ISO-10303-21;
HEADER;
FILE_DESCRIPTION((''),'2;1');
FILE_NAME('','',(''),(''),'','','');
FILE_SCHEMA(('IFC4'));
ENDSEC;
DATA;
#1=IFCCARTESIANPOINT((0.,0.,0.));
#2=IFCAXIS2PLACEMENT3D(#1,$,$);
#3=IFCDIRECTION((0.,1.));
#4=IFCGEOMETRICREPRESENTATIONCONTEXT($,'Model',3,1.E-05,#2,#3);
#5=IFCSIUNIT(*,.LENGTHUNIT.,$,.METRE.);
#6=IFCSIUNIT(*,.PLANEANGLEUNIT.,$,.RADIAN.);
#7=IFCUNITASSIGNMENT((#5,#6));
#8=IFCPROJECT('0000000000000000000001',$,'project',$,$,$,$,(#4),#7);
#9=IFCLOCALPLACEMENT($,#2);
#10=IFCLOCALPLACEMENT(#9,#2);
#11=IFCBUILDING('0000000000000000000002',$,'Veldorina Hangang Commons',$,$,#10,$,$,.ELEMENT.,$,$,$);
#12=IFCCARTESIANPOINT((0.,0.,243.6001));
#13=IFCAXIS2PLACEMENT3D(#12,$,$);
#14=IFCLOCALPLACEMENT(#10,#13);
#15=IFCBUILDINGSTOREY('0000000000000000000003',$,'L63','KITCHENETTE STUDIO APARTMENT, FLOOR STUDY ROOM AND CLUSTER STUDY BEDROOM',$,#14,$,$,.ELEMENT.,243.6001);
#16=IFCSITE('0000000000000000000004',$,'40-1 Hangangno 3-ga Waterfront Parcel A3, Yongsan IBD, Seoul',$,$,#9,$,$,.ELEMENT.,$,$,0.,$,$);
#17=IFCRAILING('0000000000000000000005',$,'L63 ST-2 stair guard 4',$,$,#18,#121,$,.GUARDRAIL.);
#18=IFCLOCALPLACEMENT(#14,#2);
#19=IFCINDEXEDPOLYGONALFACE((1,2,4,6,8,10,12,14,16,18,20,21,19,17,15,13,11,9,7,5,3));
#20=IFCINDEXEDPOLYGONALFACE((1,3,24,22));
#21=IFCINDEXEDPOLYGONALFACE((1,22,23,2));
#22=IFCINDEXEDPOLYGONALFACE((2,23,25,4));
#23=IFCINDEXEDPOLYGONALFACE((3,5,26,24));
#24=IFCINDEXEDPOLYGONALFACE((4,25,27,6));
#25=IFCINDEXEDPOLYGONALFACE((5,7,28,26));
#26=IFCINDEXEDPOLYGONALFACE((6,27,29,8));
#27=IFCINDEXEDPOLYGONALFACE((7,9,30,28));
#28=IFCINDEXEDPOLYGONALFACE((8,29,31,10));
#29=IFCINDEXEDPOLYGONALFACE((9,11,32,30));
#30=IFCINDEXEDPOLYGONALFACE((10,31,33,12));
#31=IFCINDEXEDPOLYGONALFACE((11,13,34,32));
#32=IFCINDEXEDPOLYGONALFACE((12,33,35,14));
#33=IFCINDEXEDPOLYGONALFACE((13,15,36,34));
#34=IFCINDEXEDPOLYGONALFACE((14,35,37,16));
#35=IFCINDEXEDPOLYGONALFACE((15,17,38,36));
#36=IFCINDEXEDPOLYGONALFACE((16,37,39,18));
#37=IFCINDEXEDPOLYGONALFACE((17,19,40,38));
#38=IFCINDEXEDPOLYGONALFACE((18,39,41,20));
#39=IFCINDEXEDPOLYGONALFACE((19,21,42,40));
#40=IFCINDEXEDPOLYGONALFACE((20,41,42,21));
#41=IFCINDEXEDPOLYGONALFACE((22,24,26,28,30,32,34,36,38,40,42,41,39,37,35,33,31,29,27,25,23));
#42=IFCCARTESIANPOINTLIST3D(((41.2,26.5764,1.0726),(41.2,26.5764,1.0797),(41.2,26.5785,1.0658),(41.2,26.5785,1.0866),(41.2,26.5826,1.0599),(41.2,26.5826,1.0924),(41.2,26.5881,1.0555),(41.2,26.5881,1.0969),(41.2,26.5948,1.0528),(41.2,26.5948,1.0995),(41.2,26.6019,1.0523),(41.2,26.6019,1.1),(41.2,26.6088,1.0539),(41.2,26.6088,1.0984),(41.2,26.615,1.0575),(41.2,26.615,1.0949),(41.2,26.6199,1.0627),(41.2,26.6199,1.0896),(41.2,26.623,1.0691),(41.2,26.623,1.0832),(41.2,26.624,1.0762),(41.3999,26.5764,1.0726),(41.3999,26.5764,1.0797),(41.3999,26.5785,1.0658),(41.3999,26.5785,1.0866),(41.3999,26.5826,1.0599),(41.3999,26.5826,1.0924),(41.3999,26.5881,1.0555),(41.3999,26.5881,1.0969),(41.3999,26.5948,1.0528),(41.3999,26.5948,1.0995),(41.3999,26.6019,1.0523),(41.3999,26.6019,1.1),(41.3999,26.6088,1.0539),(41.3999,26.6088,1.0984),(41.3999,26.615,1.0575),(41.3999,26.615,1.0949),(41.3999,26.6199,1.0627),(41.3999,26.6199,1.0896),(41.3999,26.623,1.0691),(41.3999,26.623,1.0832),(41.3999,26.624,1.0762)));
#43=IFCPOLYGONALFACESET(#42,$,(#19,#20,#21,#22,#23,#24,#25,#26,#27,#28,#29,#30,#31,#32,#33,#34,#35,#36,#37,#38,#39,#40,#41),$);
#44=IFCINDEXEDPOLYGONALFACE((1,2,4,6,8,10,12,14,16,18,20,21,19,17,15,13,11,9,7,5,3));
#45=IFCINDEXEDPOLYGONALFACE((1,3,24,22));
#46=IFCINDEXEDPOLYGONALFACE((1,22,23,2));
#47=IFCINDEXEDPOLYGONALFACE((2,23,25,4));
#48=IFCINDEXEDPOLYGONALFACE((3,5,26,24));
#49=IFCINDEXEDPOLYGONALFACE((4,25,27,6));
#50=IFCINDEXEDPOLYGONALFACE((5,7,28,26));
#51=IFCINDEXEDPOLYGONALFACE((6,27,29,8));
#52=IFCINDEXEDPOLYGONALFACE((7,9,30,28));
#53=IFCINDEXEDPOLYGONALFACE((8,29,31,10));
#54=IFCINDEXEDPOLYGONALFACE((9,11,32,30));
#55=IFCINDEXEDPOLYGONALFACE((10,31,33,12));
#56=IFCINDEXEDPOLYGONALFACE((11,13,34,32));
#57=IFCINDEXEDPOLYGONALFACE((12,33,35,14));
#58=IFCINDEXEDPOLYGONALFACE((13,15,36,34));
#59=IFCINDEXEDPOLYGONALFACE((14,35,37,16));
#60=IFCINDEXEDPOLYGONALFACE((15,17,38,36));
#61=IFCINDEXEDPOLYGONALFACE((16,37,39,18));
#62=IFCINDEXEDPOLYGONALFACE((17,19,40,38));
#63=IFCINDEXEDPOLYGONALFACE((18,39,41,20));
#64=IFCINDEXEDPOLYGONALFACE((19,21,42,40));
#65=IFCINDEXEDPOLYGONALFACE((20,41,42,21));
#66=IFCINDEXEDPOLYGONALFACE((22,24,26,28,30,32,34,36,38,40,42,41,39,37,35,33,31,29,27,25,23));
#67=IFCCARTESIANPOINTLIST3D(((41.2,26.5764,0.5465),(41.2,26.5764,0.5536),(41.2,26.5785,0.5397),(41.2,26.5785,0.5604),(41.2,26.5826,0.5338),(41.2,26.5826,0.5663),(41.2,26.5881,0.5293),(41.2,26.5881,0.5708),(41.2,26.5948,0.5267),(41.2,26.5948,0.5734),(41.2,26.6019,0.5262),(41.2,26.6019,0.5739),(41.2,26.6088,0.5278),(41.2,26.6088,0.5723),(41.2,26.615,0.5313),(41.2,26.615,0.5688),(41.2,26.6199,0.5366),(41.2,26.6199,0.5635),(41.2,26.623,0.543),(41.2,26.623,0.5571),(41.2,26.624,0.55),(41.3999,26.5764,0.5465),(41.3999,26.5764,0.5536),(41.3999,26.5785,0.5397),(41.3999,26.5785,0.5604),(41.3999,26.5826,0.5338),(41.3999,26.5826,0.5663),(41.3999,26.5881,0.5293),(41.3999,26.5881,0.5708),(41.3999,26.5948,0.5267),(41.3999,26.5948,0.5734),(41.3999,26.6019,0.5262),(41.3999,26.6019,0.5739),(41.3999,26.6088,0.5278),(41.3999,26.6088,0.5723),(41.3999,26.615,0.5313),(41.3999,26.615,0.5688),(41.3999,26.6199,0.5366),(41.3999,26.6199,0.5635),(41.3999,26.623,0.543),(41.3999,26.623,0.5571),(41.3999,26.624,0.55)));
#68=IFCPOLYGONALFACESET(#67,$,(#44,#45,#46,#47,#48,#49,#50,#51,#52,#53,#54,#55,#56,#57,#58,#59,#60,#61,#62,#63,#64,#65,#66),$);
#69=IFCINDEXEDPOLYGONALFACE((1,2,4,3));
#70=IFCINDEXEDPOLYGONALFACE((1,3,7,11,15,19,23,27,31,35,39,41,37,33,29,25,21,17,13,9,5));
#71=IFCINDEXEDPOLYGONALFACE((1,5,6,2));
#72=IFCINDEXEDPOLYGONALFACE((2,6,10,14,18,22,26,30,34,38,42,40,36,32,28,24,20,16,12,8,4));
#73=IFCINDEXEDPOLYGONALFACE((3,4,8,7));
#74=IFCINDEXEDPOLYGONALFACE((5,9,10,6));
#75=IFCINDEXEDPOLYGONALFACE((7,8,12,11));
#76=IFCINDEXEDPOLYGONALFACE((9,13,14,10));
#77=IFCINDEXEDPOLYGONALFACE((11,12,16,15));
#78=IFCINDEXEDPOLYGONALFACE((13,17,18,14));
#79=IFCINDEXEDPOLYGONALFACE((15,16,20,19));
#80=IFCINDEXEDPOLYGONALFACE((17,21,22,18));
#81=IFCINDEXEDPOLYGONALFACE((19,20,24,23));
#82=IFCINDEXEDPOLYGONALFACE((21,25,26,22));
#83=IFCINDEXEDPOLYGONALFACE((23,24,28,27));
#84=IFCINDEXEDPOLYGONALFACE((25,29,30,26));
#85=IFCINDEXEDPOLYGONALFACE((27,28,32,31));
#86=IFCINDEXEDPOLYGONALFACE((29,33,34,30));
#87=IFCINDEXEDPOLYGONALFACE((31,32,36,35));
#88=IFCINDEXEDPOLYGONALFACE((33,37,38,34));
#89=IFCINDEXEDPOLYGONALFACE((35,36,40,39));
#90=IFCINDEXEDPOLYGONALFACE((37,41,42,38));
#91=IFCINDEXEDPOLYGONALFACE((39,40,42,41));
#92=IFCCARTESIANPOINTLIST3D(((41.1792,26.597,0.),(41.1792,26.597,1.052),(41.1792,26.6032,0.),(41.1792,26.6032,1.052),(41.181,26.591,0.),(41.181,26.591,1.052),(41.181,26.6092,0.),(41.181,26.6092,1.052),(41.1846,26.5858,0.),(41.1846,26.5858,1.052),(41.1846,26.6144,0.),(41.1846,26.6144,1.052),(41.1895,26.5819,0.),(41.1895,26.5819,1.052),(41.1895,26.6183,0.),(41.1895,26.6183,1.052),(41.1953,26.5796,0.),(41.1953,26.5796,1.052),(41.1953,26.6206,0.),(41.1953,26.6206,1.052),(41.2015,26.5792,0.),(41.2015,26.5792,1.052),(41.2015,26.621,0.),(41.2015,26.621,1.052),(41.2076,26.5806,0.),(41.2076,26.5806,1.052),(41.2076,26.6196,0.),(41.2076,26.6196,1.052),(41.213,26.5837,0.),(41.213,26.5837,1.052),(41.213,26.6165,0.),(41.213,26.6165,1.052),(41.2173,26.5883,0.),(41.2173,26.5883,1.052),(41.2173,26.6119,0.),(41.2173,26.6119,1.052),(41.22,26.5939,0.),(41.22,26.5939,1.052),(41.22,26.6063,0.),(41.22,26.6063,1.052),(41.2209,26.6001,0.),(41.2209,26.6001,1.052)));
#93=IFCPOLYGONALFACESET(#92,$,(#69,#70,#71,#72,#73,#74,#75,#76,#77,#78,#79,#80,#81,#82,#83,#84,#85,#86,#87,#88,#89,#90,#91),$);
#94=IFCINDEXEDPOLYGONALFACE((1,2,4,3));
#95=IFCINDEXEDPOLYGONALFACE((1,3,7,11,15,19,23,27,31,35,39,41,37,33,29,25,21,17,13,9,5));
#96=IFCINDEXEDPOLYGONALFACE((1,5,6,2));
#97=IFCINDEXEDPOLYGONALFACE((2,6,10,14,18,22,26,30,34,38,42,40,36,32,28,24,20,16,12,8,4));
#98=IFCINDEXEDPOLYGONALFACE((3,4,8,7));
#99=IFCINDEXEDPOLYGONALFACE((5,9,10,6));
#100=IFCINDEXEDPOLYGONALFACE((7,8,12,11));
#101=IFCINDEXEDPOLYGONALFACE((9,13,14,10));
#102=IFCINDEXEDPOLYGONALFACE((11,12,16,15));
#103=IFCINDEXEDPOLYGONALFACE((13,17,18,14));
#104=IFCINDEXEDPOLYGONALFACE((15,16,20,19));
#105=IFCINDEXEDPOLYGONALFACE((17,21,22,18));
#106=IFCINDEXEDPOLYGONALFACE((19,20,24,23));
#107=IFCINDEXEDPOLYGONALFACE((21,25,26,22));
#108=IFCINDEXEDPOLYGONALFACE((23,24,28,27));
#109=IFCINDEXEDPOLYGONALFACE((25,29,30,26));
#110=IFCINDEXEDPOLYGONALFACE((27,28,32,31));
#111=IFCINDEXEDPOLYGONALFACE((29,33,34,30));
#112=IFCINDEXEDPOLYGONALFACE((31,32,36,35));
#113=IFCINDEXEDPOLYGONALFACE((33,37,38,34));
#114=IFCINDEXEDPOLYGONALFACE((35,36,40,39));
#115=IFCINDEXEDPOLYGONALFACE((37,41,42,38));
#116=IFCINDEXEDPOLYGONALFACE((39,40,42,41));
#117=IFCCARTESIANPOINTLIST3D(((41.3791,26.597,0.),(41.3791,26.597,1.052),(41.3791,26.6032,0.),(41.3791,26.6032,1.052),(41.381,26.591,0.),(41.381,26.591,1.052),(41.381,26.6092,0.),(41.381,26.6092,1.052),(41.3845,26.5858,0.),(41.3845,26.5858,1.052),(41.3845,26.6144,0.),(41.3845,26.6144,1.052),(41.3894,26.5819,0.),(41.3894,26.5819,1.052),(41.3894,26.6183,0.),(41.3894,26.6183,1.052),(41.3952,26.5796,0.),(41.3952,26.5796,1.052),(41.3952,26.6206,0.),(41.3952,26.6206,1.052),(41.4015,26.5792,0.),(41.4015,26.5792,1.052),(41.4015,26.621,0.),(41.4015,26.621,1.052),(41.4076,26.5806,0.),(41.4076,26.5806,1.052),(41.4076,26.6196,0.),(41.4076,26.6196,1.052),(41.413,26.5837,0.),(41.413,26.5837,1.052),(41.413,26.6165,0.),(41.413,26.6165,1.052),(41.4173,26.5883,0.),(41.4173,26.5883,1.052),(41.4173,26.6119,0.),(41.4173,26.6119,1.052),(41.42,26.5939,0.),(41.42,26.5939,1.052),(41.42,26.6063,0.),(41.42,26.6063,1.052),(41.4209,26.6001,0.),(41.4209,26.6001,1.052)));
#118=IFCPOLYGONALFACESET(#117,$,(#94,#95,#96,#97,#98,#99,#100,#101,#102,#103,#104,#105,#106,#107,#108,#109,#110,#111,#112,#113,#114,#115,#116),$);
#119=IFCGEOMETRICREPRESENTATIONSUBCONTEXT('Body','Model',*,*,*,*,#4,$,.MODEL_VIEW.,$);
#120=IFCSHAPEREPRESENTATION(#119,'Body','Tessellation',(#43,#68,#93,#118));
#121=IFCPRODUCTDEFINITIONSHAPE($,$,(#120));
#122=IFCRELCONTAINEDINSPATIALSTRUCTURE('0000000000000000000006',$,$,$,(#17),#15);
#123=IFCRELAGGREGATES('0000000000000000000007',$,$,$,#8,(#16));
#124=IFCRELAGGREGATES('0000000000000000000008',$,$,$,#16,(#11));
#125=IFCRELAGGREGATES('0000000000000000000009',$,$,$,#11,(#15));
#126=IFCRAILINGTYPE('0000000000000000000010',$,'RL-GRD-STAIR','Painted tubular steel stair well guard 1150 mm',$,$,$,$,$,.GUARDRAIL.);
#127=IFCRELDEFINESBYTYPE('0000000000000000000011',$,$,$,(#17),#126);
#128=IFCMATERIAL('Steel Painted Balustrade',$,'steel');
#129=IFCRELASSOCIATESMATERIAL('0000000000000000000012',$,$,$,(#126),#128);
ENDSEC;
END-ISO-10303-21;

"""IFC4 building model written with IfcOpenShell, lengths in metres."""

from ifc_helpers import new_model, si_unit, direction, frame, origin, origin_2d, place, context, subcontext, project, spatial, circle, extrude, material, type_object, element, save


model = new_model("IFC4")

# Units and contexts
model_context = context("Model", 3, precision=1e-05, world=origin(), true_north=direction((0.0, 1.0)))
body_context = subcontext(model_context, "Body", "Model", "MODEL_VIEW")
ifc_project = project(units=[si_unit("LENGTHUNIT", "METRE"), si_unit("PLANEANGLEUNIT", "RADIAN")], contexts=[model_context])

# Site, building, storey
site_placement = place(None, origin())
site = spatial("IfcSite", under=ifc_project, at=site_placement, Name="40-1 Hangangno 3-ga Waterfront Parcel A3, Yongsan IBD, Seoul", CompositionType="ELEMENT", RefElevation=0.0)
building_placement = place(site_placement, origin())
building = spatial("IfcBuilding", under=site, at=building_placement, Name="Veldorina Hangang Commons", CompositionType="ELEMENT")
storey_placement = place(building_placement, frame((0.0, 0.0, 243.6001)))
storey = spatial("IfcBuildingStorey", under=building, at=storey_placement, Name="L63", Description="KITCHENETTE STUDIO APARTMENT, FLOOR STUDY ROOM AND CLUSTER STUDY BEDROOM", CompositionType="ELEMENT", Elevation=243.6001)

# Railing
ifc_material_1 = material(Name="Steel Painted Balustrade", Category="steel")
railing_type_1 = type_object("IfcRailingType", Name="RL-GRD-STAIR", Description="Painted tubular steel stair well guard 1150 mm", PredefinedType="GUARDRAIL", material=ifc_material_1)
railing_1_placement = place(storey_placement, frame((41.2, 26.6001, 0.0)))
element("IfcRailing", 1, at=railing_1_placement, inside=storey, type_object=railing_type_1, Name="L63 ST-2 stair guard 4", PredefinedType="GUARDRAIL", context=body_context, shape_type="SweptSolid", body=[
    extrude(circle(Radius=0.0239, at=origin_2d()), frame((0.0, 0.0, 1.0762), z_axis=(1.0, 0.0, 0.0), x_axis=(0.0, 1.0, 0.0)), (0.0, 0.0, 1.0), 0.2),
    extrude(circle(Radius=0.0239, at=origin_2d()), frame((0.0, 0.0, 0.55), z_axis=(1.0, 0.0, 0.0), x_axis=(0.0, 1.0, 0.0)), (0.0, 0.0, 1.0), 0.2),
    extrude(circle(Radius=0.021, at=origin_2d()), origin(), (0.0, 0.0, 1.0), 1.052),
    extrude(circle(Radius=0.021, at=origin_2d()), frame((0.2, 0.0, 0.0)), (0.0, 0.0, 1.0), 1.052),
])

save(model, "model.ifc")
